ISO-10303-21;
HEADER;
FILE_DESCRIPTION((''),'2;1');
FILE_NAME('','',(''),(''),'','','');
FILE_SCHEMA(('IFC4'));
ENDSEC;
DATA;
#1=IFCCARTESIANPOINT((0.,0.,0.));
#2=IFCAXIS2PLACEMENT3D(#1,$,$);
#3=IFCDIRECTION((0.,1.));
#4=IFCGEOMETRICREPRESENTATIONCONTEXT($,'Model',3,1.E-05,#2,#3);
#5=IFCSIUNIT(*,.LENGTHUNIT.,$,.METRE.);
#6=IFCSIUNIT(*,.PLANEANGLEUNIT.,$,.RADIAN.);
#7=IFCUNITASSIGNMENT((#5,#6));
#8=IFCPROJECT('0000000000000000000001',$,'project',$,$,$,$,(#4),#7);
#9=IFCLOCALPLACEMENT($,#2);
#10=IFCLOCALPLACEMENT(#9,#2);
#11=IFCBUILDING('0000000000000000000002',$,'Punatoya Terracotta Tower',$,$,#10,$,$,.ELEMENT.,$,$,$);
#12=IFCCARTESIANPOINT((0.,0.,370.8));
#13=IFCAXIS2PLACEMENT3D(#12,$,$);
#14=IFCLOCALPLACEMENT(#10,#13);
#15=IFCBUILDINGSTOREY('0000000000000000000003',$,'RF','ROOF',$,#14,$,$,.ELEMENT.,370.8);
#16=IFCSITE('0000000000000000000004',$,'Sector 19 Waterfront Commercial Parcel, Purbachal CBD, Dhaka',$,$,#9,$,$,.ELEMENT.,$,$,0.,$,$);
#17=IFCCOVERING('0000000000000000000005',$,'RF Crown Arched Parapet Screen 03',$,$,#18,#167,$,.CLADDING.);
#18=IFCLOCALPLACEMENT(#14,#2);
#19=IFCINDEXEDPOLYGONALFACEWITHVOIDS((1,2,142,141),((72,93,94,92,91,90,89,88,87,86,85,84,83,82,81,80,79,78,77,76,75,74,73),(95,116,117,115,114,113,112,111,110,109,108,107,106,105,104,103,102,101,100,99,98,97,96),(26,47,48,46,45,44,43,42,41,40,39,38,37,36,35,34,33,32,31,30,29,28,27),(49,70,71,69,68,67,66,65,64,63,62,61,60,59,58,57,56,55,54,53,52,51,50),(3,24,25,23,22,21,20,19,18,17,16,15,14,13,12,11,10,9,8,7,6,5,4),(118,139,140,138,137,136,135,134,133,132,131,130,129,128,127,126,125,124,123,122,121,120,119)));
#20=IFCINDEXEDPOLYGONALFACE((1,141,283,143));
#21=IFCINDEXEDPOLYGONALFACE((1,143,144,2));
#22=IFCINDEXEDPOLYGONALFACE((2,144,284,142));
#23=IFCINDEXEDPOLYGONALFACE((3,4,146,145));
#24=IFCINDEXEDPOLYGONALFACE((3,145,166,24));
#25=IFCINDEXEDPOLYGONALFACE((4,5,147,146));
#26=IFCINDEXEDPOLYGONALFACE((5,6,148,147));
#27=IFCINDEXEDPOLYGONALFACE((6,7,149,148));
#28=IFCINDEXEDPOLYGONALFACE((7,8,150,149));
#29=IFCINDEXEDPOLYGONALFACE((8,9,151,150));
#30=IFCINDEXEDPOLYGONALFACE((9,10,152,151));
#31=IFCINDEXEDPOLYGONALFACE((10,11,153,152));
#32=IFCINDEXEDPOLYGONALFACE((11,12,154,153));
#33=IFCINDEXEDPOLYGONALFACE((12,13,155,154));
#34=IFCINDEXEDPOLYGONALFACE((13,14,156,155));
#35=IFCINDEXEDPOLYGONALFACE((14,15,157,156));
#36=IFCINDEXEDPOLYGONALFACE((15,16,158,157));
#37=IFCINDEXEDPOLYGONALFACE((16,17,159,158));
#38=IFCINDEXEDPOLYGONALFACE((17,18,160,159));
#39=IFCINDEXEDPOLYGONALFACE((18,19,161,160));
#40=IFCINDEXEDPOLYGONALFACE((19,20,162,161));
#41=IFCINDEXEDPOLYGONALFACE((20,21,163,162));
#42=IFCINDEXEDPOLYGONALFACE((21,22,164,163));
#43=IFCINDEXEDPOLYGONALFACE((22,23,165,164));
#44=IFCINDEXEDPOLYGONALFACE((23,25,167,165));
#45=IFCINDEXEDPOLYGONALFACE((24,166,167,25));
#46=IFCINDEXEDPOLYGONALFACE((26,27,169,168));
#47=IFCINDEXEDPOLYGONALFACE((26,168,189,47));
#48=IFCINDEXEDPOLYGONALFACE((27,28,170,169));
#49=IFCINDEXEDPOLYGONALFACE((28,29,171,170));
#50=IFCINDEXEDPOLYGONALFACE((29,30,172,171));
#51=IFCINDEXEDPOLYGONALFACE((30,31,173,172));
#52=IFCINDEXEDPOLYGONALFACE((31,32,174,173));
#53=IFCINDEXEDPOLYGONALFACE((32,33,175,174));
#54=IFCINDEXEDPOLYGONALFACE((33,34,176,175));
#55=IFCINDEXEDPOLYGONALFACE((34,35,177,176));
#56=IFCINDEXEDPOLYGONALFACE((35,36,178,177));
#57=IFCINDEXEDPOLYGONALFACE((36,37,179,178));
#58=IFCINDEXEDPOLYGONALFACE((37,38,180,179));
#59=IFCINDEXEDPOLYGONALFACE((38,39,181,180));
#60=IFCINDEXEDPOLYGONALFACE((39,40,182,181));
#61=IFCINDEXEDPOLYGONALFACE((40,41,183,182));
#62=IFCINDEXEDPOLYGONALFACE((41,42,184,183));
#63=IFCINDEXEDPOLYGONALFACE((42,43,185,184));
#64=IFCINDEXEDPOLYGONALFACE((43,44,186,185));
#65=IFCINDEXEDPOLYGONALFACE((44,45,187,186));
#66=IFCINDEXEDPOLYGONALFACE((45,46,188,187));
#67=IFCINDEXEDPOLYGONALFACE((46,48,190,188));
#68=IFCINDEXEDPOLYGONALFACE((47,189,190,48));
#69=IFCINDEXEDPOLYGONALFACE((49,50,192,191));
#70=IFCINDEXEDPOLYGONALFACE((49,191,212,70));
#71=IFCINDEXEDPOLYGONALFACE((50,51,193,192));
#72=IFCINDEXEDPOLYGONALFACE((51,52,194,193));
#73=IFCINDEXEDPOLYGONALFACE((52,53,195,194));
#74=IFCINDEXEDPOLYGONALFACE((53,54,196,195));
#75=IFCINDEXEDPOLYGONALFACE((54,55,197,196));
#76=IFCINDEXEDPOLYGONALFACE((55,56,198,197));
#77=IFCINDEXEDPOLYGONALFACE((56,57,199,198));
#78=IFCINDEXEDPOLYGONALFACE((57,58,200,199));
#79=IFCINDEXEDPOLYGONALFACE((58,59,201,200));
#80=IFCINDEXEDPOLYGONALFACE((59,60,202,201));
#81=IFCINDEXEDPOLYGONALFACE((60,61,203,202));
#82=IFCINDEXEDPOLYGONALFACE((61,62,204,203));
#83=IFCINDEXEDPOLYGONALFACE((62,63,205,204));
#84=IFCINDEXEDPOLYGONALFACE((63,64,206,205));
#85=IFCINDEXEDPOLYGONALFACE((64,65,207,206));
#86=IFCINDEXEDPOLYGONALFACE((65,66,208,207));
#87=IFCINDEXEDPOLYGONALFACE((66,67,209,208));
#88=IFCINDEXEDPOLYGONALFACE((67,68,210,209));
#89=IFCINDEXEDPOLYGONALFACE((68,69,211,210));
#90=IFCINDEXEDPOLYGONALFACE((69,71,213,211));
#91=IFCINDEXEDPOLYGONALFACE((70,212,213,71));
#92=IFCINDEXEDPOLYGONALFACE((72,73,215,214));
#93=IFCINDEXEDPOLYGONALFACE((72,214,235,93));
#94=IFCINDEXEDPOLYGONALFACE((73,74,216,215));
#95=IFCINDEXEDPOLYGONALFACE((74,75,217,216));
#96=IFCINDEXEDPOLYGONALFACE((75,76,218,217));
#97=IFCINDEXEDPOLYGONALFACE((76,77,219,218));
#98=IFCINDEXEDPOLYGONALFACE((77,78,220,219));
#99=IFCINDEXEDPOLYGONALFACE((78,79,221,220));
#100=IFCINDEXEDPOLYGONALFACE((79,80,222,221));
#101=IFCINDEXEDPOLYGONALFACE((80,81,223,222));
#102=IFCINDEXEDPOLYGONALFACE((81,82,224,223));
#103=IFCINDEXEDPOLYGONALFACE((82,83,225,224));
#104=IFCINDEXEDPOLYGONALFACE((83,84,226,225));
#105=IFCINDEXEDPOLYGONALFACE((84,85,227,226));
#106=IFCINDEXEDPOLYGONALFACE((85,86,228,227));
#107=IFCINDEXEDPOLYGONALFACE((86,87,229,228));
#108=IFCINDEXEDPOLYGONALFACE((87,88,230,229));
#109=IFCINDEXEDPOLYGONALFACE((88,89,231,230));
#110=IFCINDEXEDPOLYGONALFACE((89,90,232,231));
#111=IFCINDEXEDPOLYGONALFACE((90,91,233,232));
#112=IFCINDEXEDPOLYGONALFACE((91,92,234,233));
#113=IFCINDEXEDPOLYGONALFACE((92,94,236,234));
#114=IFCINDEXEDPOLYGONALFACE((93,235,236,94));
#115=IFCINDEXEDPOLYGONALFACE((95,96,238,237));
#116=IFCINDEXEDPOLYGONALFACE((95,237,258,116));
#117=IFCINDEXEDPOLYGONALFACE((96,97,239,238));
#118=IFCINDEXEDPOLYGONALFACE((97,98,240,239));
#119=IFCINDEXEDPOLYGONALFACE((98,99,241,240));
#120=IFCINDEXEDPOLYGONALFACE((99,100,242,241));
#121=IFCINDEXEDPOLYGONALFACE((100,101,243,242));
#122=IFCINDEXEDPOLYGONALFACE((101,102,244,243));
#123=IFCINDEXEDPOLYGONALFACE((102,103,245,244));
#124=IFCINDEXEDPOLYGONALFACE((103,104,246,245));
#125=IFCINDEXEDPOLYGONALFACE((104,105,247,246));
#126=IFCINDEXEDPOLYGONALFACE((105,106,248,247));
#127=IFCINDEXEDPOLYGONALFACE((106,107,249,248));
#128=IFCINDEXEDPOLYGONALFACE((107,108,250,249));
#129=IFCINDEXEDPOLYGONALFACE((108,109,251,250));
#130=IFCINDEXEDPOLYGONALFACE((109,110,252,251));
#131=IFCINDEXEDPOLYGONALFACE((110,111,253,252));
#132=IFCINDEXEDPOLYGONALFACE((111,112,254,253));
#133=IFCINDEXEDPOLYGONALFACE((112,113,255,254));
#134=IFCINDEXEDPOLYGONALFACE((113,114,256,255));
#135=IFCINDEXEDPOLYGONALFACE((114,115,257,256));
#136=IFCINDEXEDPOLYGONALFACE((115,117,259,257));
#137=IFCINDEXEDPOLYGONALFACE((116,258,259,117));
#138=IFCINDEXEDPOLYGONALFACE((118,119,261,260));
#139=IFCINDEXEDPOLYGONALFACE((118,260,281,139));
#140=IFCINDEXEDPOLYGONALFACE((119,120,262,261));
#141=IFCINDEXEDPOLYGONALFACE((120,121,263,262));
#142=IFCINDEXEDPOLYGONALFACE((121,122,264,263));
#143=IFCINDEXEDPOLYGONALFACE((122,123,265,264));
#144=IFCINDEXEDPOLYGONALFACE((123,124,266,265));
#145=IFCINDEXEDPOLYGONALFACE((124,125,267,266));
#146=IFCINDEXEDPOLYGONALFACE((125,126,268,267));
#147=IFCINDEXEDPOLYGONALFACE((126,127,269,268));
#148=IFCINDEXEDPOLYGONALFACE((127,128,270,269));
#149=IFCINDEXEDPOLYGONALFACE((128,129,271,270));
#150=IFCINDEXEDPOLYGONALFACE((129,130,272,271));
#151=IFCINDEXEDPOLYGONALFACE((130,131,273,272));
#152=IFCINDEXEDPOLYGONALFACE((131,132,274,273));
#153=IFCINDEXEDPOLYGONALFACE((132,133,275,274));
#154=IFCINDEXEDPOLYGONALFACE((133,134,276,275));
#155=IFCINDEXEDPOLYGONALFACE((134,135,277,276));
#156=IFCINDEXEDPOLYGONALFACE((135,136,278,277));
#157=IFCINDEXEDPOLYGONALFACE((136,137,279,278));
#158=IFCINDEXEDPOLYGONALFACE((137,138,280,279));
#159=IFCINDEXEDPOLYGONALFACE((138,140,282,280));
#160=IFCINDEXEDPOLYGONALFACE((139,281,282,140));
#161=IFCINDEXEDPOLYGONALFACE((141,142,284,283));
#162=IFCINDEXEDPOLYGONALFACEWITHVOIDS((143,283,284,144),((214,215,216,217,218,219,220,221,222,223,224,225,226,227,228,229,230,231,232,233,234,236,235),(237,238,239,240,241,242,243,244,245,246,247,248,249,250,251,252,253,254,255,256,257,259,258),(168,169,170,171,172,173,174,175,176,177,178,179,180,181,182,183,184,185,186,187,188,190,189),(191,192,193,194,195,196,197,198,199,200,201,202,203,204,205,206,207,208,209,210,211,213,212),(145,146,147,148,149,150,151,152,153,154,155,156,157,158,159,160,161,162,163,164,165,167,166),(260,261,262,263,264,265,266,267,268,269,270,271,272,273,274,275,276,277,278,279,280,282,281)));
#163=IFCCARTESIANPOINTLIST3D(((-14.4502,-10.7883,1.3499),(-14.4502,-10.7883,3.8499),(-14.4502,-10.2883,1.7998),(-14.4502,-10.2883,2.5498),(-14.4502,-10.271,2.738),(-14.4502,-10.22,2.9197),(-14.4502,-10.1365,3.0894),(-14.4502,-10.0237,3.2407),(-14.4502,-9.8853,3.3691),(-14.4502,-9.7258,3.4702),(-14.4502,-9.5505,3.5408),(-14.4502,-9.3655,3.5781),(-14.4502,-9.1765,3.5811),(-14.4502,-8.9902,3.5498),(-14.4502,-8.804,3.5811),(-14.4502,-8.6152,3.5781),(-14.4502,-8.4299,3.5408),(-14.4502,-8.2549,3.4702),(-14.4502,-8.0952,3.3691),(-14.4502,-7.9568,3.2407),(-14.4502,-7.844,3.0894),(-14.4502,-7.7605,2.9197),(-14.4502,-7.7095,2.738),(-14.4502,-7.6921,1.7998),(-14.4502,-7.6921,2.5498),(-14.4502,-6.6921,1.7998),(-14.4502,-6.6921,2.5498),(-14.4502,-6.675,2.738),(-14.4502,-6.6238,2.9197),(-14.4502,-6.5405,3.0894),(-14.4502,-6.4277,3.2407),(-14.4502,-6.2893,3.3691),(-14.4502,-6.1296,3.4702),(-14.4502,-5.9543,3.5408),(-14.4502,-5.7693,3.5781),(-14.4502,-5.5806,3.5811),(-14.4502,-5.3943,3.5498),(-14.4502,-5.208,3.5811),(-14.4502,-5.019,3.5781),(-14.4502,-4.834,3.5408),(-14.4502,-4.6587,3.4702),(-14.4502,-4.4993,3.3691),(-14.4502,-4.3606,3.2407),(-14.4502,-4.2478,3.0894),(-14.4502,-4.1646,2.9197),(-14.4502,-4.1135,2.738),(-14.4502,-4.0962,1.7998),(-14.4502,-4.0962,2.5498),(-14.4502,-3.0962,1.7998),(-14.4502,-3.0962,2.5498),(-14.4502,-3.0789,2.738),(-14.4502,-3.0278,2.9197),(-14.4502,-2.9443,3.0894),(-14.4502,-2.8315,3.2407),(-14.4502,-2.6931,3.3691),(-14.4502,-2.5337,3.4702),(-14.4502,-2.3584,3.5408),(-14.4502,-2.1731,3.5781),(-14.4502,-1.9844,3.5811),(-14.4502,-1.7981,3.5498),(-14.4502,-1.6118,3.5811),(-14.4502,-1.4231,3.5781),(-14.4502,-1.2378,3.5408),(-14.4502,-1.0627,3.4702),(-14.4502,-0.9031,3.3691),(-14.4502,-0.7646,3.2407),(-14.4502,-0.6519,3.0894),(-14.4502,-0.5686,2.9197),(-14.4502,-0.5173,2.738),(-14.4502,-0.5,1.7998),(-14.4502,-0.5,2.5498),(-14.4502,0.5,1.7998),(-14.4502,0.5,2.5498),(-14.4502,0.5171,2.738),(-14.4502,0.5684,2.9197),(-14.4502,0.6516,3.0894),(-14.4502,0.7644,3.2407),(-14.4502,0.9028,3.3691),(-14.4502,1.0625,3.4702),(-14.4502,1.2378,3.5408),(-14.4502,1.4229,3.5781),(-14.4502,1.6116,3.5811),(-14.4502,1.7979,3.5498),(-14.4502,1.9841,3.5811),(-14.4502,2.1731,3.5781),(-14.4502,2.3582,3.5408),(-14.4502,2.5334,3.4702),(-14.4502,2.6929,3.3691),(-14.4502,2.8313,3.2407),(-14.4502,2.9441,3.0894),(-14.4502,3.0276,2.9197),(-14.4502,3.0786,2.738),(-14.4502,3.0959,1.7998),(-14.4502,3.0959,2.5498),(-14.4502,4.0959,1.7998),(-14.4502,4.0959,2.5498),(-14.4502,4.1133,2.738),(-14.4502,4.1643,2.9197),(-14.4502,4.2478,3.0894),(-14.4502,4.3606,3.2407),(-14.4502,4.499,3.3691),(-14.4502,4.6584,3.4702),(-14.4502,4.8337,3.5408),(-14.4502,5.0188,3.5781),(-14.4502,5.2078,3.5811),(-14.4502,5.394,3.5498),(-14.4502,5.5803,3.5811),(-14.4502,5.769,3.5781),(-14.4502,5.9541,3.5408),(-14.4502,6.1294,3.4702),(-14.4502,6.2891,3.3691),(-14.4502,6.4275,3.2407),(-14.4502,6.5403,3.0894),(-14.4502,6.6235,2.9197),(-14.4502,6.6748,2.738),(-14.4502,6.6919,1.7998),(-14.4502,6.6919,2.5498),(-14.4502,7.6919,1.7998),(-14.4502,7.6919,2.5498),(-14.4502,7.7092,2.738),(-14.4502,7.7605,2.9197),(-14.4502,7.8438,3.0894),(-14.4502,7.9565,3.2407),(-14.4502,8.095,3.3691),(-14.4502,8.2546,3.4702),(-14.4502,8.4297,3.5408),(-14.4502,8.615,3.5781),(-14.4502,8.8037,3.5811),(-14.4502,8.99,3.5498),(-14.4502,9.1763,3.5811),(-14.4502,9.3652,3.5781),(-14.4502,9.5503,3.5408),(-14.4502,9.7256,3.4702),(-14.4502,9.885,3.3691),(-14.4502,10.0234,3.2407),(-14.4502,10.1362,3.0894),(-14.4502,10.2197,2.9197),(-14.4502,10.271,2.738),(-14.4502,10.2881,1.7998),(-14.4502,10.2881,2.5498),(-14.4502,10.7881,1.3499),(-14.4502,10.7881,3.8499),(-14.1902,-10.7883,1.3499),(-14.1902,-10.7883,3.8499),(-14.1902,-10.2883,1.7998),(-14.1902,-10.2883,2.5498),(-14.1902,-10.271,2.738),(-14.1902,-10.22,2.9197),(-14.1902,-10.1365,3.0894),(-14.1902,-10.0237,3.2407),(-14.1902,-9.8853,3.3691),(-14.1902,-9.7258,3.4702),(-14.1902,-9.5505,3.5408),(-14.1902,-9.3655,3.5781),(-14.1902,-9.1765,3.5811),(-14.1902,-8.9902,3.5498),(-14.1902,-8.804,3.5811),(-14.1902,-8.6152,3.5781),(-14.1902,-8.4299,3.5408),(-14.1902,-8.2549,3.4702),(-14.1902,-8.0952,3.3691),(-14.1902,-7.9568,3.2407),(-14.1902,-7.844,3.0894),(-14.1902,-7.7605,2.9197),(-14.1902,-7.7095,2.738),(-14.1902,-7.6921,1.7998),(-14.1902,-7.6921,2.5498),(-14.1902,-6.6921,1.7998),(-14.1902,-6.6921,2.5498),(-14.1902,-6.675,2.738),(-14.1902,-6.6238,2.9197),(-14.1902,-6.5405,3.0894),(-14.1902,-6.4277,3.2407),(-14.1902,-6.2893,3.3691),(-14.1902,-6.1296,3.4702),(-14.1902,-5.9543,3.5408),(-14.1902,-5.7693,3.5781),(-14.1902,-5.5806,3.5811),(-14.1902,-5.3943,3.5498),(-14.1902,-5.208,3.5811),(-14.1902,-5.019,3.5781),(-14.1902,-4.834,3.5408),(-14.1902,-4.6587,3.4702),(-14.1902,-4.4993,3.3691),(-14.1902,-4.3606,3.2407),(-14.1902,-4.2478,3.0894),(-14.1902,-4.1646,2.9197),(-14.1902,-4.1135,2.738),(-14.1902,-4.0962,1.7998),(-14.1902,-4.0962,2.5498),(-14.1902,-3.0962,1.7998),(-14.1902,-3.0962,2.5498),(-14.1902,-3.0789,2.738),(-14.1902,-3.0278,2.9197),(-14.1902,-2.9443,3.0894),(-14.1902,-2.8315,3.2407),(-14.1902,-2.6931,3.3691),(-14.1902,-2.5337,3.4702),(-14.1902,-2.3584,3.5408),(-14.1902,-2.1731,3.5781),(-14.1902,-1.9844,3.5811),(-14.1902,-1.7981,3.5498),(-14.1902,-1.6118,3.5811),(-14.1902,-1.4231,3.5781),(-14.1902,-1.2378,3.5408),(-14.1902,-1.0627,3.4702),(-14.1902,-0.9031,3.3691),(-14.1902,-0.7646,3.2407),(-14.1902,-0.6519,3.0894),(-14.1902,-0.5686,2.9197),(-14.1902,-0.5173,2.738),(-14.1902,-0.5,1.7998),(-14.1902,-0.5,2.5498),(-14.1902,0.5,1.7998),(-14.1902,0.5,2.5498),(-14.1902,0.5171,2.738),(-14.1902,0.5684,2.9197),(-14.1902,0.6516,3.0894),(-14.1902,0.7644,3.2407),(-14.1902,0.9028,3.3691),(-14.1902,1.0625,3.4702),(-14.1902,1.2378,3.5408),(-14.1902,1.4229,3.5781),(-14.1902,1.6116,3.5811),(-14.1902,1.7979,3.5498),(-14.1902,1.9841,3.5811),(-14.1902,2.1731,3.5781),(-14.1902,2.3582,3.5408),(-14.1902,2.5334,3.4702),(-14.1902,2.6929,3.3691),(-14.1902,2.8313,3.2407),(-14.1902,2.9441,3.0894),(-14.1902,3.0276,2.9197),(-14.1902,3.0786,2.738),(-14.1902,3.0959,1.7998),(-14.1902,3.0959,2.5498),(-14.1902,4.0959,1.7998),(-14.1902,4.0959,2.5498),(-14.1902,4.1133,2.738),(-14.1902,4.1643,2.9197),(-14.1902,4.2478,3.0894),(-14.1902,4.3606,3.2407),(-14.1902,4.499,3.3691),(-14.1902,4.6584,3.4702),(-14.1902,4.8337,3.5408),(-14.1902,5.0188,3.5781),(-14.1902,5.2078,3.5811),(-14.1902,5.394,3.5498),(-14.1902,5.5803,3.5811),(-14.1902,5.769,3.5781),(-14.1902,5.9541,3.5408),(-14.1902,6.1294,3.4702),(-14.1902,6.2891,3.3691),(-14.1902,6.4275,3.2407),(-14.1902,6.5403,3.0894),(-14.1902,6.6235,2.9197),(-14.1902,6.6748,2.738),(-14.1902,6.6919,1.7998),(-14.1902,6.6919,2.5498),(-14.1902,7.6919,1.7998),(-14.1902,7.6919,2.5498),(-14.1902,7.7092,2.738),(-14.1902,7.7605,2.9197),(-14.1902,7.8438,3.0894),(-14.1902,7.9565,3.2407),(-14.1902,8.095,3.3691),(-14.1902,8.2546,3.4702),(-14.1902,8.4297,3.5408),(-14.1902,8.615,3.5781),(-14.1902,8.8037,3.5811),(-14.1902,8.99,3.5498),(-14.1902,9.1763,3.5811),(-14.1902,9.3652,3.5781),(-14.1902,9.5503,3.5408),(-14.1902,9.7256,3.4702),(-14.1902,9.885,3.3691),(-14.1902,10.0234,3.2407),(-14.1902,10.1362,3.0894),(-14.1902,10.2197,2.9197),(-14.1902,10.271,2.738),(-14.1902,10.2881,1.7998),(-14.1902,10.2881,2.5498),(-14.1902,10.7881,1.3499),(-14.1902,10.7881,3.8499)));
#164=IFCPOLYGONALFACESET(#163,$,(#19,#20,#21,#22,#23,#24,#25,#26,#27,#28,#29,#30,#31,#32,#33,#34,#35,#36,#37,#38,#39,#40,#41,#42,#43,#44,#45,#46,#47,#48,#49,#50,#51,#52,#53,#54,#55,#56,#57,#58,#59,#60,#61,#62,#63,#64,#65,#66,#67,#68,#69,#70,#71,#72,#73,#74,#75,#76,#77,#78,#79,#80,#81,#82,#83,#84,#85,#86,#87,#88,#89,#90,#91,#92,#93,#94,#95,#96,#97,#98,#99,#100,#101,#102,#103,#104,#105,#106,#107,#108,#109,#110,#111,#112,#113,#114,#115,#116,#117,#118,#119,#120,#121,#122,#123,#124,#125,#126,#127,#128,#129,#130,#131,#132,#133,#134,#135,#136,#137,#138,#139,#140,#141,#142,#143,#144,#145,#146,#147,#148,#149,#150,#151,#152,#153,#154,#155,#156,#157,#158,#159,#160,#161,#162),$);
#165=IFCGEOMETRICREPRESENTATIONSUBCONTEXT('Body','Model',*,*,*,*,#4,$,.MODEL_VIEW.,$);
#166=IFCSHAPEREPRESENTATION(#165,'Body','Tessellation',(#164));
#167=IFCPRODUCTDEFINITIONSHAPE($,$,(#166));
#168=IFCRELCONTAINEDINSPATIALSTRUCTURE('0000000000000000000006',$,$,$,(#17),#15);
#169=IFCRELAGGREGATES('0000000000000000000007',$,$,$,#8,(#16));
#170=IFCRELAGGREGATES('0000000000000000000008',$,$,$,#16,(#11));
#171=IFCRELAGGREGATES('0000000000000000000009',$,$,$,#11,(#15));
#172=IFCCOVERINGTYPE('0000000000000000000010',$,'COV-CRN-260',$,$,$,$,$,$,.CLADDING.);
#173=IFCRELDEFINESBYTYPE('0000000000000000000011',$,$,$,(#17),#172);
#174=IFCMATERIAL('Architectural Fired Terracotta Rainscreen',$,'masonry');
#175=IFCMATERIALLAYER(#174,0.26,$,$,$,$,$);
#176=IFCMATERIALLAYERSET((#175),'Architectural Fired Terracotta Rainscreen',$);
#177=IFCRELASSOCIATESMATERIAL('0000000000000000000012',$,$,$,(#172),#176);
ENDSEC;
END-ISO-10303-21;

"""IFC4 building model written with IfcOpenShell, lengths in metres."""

from ifc_helpers import new_model, si_unit, direction, frame, origin, place, context, subcontext, project, spatial, polyline, outline, extrude, material, layer, layer_set, type_object, element, save


model = new_model("IFC4")

# Units and contexts
model_context = context("Model", 3, precision=1e-05, world=origin(), true_north=direction((0.0, 1.0)))
body_context = subcontext(model_context, "Body", "Model", "MODEL_VIEW")
ifc_project = project(units=[si_unit("LENGTHUNIT", "METRE"), si_unit("PLANEANGLEUNIT", "RADIAN")], contexts=[model_context])

# Site, building, storey
site_placement = place(None, origin())
site = spatial("IfcSite", under=ifc_project, at=site_placement, Name="Sector 19 Waterfront Commercial Parcel, Purbachal CBD, Dhaka", CompositionType="ELEMENT", RefElevation=0.0)
building_placement = place(site_placement, origin())
building = spatial("IfcBuilding", under=site, at=building_placement, Name="Punatoya Terracotta Tower", CompositionType="ELEMENT")
storey_placement = place(building_placement, frame((0.0, 0.0, 370.8)))
storey = spatial("IfcBuildingStorey", under=building, at=storey_placement, Name="RF", Description="ROOF", CompositionType="ELEMENT", Elevation=370.8)

# Covering
ifc_material_1 = material(Name="Architectural Fired Terracotta Rainscreen", Category="masonry")
ifc_layer_1 = layer(ifc_material_1, 0.26)
ifc_layer_set_1 = layer_set([ifc_layer_1], Name="Architectural Fired Terracotta Rainscreen")
covering_type = type_object("IfcCoveringType", Name="COV-CRN-260", PredefinedType="CLADDING", material=ifc_layer_set_1)
covering_1_placement = place(storey_placement, frame((-14.3201, 10.7881, 1.3499), z_axis=(0.0, 0.0, 1.0), x_axis=(0.0, -1.0, 0.0)))
element("IfcCovering", 1, at=covering_1_placement, inside=storey, type_object=covering_type, Name="RF Crown Arched Parapet Screen 03", PredefinedType="CLADDING", context=body_context, shape_type="SweptSolid", body=[
    extrude(outline(polyline([(0.0, 0.0), (21.5764, 0.0), (21.5764, 2.5), (0.0, 2.5), (0.0, 0.0)]), holes=[polyline([(0.5, 0.45), (0.5, 1.2), (0.5171, 1.3882), (0.5684, 1.5698), (0.6519, 1.7395), (0.7646, 1.8909), (0.9031, 2.0193), (1.0625, 2.1204), (1.2378, 2.1909), (1.4229, 2.2283), (1.6118, 2.2312), (1.7981, 2.2), (1.9844, 2.2312), (2.1731, 2.2283), (2.3584, 2.1909), (2.5334, 2.1204), (2.6931, 2.0193), (2.8315, 1.8909), (2.9443, 1.7395), (3.0276, 1.5698), (3.0789, 1.3882), (3.0962, 1.2), (3.0962, 0.45), (0.5, 0.45)]), polyline([(4.0962, 0.45), (4.0962, 1.2), (4.1133, 1.3882), (4.1646, 1.5698), (4.2478, 1.7395), (4.3606, 1.8909), (4.499, 2.0193), (4.6587, 2.1204), (4.834, 2.1909), (5.019, 2.2283), (5.2078, 2.2312), (5.394, 2.2), (5.5803, 2.2312), (5.7693, 2.2283), (5.9543, 2.1909), (6.1296, 2.1204), (6.2891, 2.0193), (6.4275, 1.8909), (6.5403, 1.7395), (6.6238, 1.5698), (6.6748, 1.3882), (6.6921, 1.2), (6.6921, 0.45), (4.0962, 0.45)]), polyline([(7.6921, 0.45), (7.6921, 1.2), (7.7095, 1.3882), (7.7605, 1.5698), (7.844, 1.7395), (7.9568, 1.8909), (8.0952, 2.0193), (8.2546, 2.1204), (8.4299, 2.1909), (8.615, 2.2283), (8.804, 2.2312), (8.9902, 2.2), (9.1765, 2.2312), (9.3652, 2.2283), (9.5503, 2.1909), (9.7256, 2.1204), (9.8853, 2.0193), (10.0237, 1.8909), (10.1365, 1.7395), (10.2197, 1.5698), (10.271, 1.3882), (10.2881, 1.2), (10.2881, 0.45), (7.6921, 0.45)]), polyline([(11.2881, 0.45), (11.2881, 1.2), (11.3054, 1.3882), (11.3567, 1.5698), (11.4399, 1.7395), (11.5527, 1.8909), (11.6912, 2.0193), (11.8508, 2.1204), (12.0259, 2.1909), (12.2112, 2.2283), (12.3999, 2.2312), (12.5862, 2.2), (12.7725, 2.2312), (12.9612, 2.2283), (13.1465, 2.1909), (13.3218, 2.1204), (13.4812, 2.0193), (13.6196, 1.8909), (13.7324, 1.7395), (13.8159, 1.5698), (13.8669, 1.3882), (13.8843, 1.2), (13.8843, 0.45), (11.2881, 0.45)]), polyline([(14.8843, 0.45), (14.8843, 1.2), (14.9016, 1.3882), (14.9526, 1.5698), (15.0359, 1.7395), (15.1487, 1.8909), (15.2874, 2.0193), (15.4468, 2.1204), (15.6221, 2.1909), (15.8071, 2.2283), (15.9961, 2.2312), (16.1824, 2.2), (16.3687, 2.2312), (16.5574, 2.2283), (16.7424, 2.1909), (16.9177, 2.1204), (17.0774, 2.0193), (17.2158, 1.8909), (17.3286, 1.7395), (17.4119, 1.5698), (17.4631, 1.3882), (17.4802, 1.2), (17.4802, 0.45), (14.8843, 0.45)]), polyline([(18.4802, 0.45), (18.4802, 1.2), (18.4976, 1.3882), (18.5486, 1.5698), (18.6321, 1.7395), (18.7449, 1.8909), (18.8833, 2.0193), (19.043, 2.1204), (19.218, 2.1909), (19.4033, 2.2283), (19.592, 2.2312), (19.7783, 2.2), (19.9646, 2.2312), (20.1536, 2.2283), (20.3386, 2.1909), (20.5139, 2.1204), (20.6733, 2.0193), (20.8118, 1.8909), (20.9246, 1.7395), (21.0081, 1.5698), (21.0591, 1.3882), (21.0764, 1.2), (21.0764, 0.45), (18.4802, 0.45)])]), frame((0.0, 0.1299, 0.0), z_axis=(0.0, -1.0, 0.0), x_axis=(1.0, 0.0, 0.0)), (0.0, 0.0, 1.0), 0.26),
])

save(model, "model.ifc")
